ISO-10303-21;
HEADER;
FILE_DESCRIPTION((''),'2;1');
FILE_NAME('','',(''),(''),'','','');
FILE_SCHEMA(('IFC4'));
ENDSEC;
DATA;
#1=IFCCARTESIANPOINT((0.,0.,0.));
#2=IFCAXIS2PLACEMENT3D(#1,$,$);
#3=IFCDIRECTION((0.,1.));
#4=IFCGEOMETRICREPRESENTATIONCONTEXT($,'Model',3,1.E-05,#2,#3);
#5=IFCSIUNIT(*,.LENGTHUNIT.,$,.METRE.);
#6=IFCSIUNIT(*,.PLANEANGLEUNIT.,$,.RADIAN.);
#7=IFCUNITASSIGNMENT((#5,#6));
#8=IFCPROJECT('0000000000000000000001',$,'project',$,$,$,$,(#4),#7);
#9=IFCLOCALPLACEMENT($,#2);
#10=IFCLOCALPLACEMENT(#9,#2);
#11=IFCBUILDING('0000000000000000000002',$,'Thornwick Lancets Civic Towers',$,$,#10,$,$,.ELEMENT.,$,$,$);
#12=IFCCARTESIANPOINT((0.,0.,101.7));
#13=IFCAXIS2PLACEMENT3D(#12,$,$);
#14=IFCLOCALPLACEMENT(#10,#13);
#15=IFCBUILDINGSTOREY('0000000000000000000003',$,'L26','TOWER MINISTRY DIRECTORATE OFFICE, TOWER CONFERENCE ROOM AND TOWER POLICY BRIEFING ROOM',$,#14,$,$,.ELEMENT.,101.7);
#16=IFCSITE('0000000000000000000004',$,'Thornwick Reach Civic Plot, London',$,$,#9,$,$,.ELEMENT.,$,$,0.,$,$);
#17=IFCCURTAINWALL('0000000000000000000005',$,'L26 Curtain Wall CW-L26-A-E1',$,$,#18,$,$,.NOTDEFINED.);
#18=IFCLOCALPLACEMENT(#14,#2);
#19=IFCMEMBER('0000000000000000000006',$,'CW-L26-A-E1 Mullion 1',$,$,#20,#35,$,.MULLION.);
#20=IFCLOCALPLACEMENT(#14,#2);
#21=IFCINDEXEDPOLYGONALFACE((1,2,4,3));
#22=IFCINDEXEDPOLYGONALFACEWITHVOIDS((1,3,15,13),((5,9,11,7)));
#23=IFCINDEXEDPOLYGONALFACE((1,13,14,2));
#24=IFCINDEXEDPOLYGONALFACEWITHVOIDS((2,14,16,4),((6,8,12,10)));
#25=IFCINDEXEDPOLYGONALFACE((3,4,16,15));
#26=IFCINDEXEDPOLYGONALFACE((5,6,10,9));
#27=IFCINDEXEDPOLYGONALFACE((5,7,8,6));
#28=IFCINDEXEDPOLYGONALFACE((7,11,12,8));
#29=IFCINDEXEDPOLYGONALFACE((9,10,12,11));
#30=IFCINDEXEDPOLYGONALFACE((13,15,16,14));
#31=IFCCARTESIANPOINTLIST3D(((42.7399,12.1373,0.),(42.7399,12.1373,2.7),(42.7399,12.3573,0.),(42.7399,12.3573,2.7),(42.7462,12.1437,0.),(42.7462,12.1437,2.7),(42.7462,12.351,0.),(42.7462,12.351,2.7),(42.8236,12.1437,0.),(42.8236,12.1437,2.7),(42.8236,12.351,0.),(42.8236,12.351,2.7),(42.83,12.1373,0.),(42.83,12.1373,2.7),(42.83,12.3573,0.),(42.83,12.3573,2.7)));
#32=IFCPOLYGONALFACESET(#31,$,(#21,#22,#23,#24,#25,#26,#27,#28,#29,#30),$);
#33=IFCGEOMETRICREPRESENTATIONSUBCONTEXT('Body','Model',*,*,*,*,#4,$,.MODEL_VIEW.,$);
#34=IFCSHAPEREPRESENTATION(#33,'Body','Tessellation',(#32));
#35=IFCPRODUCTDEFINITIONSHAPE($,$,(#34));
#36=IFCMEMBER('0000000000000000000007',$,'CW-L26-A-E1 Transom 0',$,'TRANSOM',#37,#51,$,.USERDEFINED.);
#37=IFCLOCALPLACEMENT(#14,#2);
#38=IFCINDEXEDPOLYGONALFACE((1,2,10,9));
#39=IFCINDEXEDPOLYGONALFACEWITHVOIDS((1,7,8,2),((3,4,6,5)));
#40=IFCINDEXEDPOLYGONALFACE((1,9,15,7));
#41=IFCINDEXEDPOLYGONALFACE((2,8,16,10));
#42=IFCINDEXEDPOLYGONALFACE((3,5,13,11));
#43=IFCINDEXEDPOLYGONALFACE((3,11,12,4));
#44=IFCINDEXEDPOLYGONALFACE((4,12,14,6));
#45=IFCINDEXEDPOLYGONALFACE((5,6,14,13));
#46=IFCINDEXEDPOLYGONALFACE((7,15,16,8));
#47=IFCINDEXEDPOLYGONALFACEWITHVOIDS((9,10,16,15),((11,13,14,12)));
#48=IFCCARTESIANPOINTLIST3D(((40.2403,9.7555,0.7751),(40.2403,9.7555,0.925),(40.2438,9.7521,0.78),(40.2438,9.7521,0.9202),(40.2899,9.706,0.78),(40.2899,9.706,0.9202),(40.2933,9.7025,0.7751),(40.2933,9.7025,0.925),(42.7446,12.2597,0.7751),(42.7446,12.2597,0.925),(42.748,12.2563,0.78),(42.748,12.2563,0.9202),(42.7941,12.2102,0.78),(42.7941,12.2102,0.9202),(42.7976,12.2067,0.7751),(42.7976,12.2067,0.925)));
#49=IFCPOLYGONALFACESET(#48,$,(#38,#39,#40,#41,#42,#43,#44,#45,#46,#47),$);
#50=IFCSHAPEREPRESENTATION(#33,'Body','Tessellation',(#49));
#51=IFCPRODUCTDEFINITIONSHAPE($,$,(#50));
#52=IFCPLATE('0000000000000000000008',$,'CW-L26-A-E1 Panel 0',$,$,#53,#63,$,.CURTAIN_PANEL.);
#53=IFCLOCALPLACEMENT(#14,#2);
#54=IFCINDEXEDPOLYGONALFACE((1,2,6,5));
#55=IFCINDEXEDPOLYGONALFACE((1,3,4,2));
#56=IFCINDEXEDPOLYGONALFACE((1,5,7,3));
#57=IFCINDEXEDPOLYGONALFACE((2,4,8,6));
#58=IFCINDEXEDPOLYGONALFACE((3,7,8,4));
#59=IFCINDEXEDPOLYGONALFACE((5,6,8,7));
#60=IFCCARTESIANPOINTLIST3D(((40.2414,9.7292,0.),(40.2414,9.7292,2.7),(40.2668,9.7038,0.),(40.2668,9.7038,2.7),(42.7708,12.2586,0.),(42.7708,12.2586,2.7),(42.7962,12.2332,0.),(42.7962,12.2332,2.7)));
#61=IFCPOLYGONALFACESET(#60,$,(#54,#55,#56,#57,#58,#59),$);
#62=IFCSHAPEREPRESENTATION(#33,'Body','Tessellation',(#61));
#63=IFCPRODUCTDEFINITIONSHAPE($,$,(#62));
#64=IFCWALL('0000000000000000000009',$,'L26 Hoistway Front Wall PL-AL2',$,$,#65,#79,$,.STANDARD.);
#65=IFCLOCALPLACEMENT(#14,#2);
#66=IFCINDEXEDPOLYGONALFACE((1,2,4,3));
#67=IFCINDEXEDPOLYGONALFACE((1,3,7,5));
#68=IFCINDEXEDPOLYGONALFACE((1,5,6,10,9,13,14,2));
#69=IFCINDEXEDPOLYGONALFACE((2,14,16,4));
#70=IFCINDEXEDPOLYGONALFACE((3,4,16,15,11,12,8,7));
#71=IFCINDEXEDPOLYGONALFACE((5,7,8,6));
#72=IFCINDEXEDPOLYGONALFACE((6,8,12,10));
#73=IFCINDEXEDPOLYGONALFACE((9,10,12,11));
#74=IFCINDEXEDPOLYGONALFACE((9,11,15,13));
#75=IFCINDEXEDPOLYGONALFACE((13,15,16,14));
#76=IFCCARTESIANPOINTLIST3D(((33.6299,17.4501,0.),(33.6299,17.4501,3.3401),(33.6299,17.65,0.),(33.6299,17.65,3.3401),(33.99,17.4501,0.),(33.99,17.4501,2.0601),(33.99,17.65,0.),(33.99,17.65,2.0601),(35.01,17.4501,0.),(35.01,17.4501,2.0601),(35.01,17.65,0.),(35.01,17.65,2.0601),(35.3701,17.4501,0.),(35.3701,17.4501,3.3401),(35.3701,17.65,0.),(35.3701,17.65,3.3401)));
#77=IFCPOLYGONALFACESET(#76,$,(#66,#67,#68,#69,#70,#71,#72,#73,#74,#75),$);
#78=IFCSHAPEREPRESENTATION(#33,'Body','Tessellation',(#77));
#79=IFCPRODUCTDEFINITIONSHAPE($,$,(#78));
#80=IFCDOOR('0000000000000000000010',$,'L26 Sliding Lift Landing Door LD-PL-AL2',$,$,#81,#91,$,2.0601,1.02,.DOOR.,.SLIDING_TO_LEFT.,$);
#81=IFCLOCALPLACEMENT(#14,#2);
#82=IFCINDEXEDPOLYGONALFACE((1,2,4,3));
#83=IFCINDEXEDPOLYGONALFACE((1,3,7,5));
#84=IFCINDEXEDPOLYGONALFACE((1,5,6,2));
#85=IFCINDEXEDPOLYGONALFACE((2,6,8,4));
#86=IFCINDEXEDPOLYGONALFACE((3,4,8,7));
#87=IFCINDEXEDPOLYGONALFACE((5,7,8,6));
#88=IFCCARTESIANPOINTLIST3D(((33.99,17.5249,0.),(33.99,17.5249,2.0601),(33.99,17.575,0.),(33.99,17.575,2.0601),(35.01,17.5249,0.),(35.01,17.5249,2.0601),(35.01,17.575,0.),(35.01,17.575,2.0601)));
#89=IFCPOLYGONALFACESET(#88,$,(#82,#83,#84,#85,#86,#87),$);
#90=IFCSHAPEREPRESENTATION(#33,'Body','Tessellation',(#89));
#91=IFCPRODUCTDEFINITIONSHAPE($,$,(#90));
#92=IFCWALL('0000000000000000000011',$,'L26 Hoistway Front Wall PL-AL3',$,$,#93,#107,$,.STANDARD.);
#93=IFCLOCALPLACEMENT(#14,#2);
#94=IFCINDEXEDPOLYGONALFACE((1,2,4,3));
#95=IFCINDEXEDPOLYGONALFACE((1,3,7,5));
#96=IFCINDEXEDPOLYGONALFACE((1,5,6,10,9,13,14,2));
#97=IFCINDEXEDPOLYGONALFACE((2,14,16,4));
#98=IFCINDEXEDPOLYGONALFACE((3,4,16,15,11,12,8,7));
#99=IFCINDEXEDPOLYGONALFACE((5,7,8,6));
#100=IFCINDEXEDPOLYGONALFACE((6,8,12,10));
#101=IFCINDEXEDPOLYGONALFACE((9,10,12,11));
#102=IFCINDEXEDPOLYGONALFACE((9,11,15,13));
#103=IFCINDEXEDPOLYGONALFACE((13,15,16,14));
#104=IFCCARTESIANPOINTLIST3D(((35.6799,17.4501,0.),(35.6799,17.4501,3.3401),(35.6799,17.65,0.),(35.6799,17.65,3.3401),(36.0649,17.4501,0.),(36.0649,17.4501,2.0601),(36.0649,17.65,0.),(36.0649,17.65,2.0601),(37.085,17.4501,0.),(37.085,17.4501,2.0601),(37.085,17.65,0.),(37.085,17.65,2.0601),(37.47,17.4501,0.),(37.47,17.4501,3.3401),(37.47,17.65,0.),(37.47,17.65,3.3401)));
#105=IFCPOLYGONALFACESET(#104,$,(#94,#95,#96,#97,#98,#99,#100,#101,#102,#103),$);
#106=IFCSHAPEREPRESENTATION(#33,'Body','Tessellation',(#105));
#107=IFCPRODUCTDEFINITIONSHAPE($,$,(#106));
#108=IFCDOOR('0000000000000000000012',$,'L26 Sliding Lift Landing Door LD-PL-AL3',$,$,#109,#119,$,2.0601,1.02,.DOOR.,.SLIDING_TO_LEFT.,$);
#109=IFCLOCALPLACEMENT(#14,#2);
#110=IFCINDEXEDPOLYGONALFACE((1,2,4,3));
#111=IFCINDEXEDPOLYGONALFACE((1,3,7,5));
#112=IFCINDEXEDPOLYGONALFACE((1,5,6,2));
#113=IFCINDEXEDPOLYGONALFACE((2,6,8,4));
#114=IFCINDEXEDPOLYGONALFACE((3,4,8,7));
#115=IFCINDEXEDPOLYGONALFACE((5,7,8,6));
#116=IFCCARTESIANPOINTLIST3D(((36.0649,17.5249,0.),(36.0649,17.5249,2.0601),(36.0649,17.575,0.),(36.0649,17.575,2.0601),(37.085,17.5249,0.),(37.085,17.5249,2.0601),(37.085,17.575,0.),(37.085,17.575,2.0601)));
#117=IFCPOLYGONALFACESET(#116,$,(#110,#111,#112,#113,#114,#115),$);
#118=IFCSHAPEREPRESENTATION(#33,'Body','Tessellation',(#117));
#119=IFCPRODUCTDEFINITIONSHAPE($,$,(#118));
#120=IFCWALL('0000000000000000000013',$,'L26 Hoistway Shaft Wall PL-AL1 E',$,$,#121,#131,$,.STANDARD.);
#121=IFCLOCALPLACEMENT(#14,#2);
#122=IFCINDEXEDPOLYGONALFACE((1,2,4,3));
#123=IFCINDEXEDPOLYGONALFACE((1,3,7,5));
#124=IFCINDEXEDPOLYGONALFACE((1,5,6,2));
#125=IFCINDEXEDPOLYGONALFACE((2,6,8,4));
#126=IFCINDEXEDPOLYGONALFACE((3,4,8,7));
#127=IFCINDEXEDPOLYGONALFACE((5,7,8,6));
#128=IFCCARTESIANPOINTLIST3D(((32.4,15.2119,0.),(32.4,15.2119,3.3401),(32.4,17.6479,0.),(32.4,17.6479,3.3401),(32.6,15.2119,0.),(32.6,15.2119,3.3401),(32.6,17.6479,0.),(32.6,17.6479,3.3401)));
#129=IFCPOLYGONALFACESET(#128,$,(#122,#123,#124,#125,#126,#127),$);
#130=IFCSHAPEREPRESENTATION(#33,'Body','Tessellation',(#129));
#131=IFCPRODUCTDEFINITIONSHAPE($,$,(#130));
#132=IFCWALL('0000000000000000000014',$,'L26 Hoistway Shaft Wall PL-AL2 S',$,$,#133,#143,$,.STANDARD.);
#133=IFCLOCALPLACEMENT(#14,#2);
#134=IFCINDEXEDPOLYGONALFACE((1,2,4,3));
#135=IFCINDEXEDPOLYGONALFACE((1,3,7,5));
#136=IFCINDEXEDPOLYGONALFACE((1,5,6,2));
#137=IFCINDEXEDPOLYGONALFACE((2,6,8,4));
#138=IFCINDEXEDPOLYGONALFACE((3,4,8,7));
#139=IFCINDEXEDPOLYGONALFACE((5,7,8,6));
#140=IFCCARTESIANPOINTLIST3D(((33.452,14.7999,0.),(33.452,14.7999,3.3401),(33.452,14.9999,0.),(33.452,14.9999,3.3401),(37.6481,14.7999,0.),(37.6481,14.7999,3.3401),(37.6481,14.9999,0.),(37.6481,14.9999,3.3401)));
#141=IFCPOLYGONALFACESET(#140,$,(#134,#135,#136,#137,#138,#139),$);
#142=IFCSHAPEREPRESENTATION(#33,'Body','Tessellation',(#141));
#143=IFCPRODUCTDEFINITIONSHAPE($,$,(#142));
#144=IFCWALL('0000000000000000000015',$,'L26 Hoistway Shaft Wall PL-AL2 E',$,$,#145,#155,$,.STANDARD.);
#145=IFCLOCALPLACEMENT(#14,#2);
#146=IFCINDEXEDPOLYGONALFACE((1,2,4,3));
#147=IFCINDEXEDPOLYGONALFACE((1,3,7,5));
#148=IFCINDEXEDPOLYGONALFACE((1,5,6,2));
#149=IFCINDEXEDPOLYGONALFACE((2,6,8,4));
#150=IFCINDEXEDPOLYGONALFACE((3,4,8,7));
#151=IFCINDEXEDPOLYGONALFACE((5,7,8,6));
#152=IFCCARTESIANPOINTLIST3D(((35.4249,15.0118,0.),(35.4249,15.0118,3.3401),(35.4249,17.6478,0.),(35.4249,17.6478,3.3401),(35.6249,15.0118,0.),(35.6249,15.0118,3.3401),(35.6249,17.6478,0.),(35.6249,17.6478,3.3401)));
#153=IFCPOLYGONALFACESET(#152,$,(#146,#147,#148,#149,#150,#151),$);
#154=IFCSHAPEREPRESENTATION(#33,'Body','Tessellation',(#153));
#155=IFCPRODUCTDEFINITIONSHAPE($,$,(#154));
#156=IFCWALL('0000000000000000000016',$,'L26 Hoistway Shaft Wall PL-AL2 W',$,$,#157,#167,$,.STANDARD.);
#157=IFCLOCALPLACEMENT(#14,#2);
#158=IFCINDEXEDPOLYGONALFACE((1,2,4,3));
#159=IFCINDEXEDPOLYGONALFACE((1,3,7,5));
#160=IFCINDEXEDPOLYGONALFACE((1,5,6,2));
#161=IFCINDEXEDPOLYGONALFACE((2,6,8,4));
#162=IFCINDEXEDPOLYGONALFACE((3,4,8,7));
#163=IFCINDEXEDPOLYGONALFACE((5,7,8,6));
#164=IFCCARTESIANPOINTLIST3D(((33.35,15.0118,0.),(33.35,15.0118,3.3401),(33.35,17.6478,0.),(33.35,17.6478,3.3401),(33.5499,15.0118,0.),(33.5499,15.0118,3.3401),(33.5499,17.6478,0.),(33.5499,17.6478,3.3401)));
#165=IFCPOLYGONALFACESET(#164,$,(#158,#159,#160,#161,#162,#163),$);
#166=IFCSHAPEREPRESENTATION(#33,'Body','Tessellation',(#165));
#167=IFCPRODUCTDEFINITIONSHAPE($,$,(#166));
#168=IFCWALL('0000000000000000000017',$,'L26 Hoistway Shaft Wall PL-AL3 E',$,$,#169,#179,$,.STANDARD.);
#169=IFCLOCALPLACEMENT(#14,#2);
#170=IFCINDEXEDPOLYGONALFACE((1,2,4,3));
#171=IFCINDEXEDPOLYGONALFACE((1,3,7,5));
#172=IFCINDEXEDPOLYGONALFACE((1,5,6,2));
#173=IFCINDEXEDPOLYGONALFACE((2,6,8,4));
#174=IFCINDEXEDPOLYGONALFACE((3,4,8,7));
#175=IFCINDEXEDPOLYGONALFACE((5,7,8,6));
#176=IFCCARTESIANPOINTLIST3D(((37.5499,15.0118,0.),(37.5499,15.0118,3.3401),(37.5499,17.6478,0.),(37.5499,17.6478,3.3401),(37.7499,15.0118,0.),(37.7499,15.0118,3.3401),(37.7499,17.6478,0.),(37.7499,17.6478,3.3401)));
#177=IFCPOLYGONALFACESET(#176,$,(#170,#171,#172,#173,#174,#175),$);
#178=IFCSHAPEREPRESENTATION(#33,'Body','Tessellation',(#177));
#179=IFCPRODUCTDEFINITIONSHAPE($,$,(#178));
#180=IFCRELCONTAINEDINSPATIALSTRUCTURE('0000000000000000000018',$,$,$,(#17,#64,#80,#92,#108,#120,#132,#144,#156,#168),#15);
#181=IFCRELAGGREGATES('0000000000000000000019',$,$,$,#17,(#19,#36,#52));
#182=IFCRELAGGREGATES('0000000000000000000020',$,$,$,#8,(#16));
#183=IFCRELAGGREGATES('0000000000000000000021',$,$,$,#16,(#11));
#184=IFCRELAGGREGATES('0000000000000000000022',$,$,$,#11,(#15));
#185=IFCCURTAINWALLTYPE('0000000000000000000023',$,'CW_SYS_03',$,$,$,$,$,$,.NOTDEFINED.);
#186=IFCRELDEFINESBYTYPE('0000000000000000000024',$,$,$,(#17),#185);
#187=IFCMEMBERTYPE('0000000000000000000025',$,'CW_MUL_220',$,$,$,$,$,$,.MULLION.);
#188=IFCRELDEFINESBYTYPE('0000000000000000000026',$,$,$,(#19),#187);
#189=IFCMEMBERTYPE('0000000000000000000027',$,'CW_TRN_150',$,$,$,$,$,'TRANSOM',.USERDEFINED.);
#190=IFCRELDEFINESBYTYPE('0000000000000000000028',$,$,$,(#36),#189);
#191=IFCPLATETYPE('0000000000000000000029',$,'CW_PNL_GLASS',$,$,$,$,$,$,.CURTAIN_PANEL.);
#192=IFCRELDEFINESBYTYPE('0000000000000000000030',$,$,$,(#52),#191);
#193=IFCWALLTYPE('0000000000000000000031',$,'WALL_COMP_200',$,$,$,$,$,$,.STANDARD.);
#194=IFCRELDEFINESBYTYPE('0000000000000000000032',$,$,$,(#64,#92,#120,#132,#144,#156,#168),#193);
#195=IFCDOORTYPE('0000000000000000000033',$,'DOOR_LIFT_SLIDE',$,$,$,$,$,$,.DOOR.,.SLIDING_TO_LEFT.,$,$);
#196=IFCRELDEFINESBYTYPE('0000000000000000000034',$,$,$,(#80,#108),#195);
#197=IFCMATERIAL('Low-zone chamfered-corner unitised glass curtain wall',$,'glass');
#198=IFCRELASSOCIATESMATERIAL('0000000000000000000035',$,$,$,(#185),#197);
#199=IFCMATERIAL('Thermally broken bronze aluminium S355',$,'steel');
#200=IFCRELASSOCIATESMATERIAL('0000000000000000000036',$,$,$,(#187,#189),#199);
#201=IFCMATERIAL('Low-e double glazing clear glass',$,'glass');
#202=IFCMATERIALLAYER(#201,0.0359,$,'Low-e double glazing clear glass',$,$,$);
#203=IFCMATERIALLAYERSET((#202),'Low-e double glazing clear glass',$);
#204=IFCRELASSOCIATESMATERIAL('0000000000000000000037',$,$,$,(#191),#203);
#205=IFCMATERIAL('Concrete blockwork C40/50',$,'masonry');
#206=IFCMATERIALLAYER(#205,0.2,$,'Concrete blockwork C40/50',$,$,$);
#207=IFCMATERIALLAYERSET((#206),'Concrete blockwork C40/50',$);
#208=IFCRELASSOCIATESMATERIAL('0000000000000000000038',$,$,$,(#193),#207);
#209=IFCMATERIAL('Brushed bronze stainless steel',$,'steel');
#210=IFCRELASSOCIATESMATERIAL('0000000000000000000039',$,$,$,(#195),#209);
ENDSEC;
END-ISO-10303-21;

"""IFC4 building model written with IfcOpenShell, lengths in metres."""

from ifc_helpers import new_model, si_unit, direction, frame, frame_2d, origin, origin_2d, place, context, subcontext, project, spatial, rectangle, hollow_rectangle, extrude, material, layer, layer_set, material_profile, profile_set, type_object, element, fill, aggregate, save


model = new_model("IFC4")

# Units and contexts
model_context = context("Model", 3, precision=1e-05, world=origin(), true_north=direction((0.0, 1.0)))
body_context = subcontext(model_context, "Body", "Model", "MODEL_VIEW")
ifc_project = project(units=[si_unit("LENGTHUNIT", "METRE"), si_unit("PLANEANGLEUNIT", "RADIAN")], contexts=[model_context])

# Site, building, storey
site_placement = place(None, origin())
site = spatial("IfcSite", under=ifc_project, at=site_placement, Name="Thornwick Reach Civic Plot, London", CompositionType="ELEMENT", RefElevation=0.0)
building_placement = place(site_placement, origin())
building = spatial("IfcBuilding", under=site, at=building_placement, Name="Thornwick Lancets Civic Towers", CompositionType="ELEMENT")
storey_placement = place(building_placement, frame((0.0, 0.0, 101.7)))
storey = spatial("IfcBuildingStorey", under=building, at=storey_placement, Name="L26", Description="TOWER MINISTRY DIRECTORATE OFFICE, TOWER CONFERENCE ROOM AND TOWER POLICY BRIEFING ROOM", CompositionType="ELEMENT", Elevation=101.7)

# Curtain wall, members, plate
ifc_material_1 = material(Name="Low-zone chamfered-corner unitised glass curtain wall", Category="glass")
curtain_wall_type = type_object("IfcCurtainWallType", Name="CW_SYS_03", PredefinedType="NOTDEFINED", material=ifc_material_1)
curtain_wall_placement = place(storey_placement, origin())
curtain_wall = element("IfcCurtainWall", 1, at=curtain_wall_placement, inside=storey, type_object=curtain_wall_type, Name="L26 Curtain Wall CW-L26-A-E1", PredefinedType="NOTDEFINED")
ifc_material_2 = material(Name="Thermally broken bronze aluminium S355", Category="steel")
ifc_material_profile_1 = material_profile(ifc_material_2, hollow_rectangle(XDim=0.0901, YDim=0.22, WallThickness=0.0063, at=origin_2d()), Name="RHS 220x90x6.3")
ifc_profile_set_1 = profile_set([ifc_material_profile_1], Name="Thermally broken bronze aluminium S355")
member_type_1 = type_object("IfcMemberType", Name="CW_MUL_220", PredefinedType="MULLION", material=ifc_profile_set_1)
member_1_placement = place(storey_placement, frame((42.7849, 12.2473, 0.0), z_axis=(0.0, 0.0, 1.0), x_axis=(1.0, 0.0, 0.0)))
member_1 = element("IfcMember", 2, at=member_1_placement, type_object=member_type_1, Name="CW-L26-A-E1 Mullion 1", PredefinedType="MULLION", context=body_context, shape_type="SweptSolid", body=[
    extrude(hollow_rectangle(XDim=0.0901, YDim=0.22, WallThickness=0.0063, at=origin_2d()), origin(), (0.0, 0.0, 1.0), 2.7),
])
ifc_material_profile_2 = material_profile(ifc_material_2, hollow_rectangle(XDim=0.075, YDim=0.1499, WallThickness=0.0049, at=origin_2d()), Name="RHS 150x75x5")
ifc_profile_set_2 = profile_set([ifc_material_profile_2], Name="Thermally broken bronze aluminium S355")
member_type_2 = type_object("IfcMemberType", Name="CW_TRN_150", ElementType="TRANSOM", PredefinedType="USERDEFINED", material=ifc_profile_set_2)
member_2_placement = place(storey_placement, frame((40.2668, 9.729, 0.8501), z_axis=(0.707107, 0.707107, 0.0), x_axis=(-0.707107, 0.707107, 0.0)))
member_2 = element("IfcMember", 3, at=member_2_placement, type_object=member_type_2, Name="CW-L26-A-E1 Transom 0", ObjectType="TRANSOM", PredefinedType="USERDEFINED", context=body_context, shape_type="SweptSolid", body=[
    extrude(hollow_rectangle(XDim=0.075, YDim=0.1499, WallThickness=0.0049, at=origin_2d()), origin(), (0.0, 0.0, 1.0), 3.5415),
])
ifc_material_3 = material(Name="Low-e double glazing clear glass", Category="glass")
ifc_layer_1 = layer(ifc_material_3, 0.0359, Name="Low-e double glazing clear glass")
ifc_layer_set_1 = layer_set([ifc_layer_1], Name="Low-e double glazing clear glass")
plate_type = type_object("IfcPlateType", Name="CW_PNL_GLASS", PredefinedType="CURTAIN_PANEL", material=ifc_layer_set_1)
plate_placement = place(storey_placement, frame((41.5188, 10.9812, 0.0), z_axis=(0.0, 0.0, 1.0), x_axis=(0.707107, 0.707107, 0.0)))
plate = element("IfcPlate", 4, at=plate_placement, type_object=plate_type, Name="CW-L26-A-E1 Panel 0", PredefinedType="CURTAIN_PANEL", context=body_context, shape_type="SweptSolid", body=[
    extrude(rectangle(XDim=3.5771, YDim=0.0359, at=origin_2d()), origin(), (0.0, 0.0, 1.0), 2.7),
])
aggregate(curtain_wall, [member_1, member_2, plate])

# Walls, openings, doors
ifc_material_4 = material(Name="Concrete blockwork C40/50", Category="masonry")
ifc_layer_2 = layer(ifc_material_4, 0.2, Name="Concrete blockwork C40/50")
ifc_layer_set_2 = layer_set([ifc_layer_2], Name="Concrete blockwork C40/50")
wall_type_1 = type_object("IfcWallType", Name="WALL_COMP_200", PredefinedType="STANDARD", material=ifc_layer_set_2)
wall_1_placement = place(storey_placement, frame((33.6299, 17.55, 0.0), z_axis=(0.0, 0.0, 1.0), x_axis=(1.0, 0.0, 0.0)))
wall_1 = element("IfcWall", 5, at=wall_1_placement, inside=storey, type_object=wall_type_1, Name="L26 Hoistway Front Wall PL-AL2", PredefinedType="STANDARD", context=body_context, shape_type="SweptSolid", body=[
    extrude(rectangle(XDim=1.7402, YDim=0.2, at=frame_2d((0.8701, 0.0))), origin(), (0.0, 0.0, 1.0), 3.3401),
])
opening_1_placement = place(wall_1_placement, frame((0.3601, 0.0, 0.0)))
opening_1 = element("IfcOpeningElement", 6, at=opening_1_placement, cuts=wall_1, PredefinedType="OPENING", context=body_context, shape_type="SweptSolid", body=[
    extrude(rectangle(XDim=1.02, YDim=2.0601, at=frame_2d((0.51, 1.03))), frame((0.0, 0.1099, 0.0), z_axis=(0.0, -1.0, 0.0), x_axis=(1.0, 0.0, 0.0)), (0.0, 0.0, 1.0), 0.22),
])
ifc_material_5 = material(Name="Brushed bronze stainless steel", Category="steel")
door_type_1 = type_object("IfcDoorType", Name="DOOR_LIFT_SLIDE", OperationType="SLIDING_TO_LEFT", PredefinedType="DOOR", material=ifc_material_5)
door_1_placement = place(opening_1_placement, origin())
door_1 = element("IfcDoor", 7, at=door_1_placement, inside=storey, type_object=door_type_1, Name="L26 Sliding Lift Landing Door LD-PL-AL2", OperationType="SLIDING_TO_LEFT", OverallHeight=2.0601, OverallWidth=1.02, PredefinedType="DOOR", context=body_context, shape_type="SweptSolid", body=[
    extrude(rectangle(XDim=1.02, YDim=2.0601, at=frame_2d((0.51, 1.03))), frame((0.0, 0.0249, 0.0), z_axis=(0.0, -1.0, 0.0), x_axis=(1.0, 0.0, 0.0)), (0.0, 0.0, 1.0), 0.05),
])
fill(opening_1, door_1)
wall_2_placement = place(storey_placement, frame((35.6799, 17.55, 0.0), z_axis=(0.0, 0.0, 1.0), x_axis=(1.0, 0.0, 0.0)))
wall_2 = element("IfcWall", 8, at=wall_2_placement, inside=storey, type_object=wall_type_1, Name="L26 Hoistway Front Wall PL-AL3", PredefinedType="STANDARD", context=body_context, shape_type="SweptSolid", body=[
    extrude(rectangle(XDim=1.79, YDim=0.2, at=frame_2d((0.895, 0.0))), origin(), (0.0, 0.0, 1.0), 3.3401),
])
opening_2_placement = place(wall_2_placement, frame((0.385, 0.0, 0.0)))
opening_2 = element("IfcOpeningElement", 9, at=opening_2_placement, cuts=wall_2, PredefinedType="OPENING", context=body_context, shape_type="SweptSolid", body=[
    extrude(rectangle(XDim=1.02, YDim=2.0601, at=frame_2d((0.51, 1.03))), frame((0.0, 0.1099, 0.0), z_axis=(0.0, -1.0, 0.0), x_axis=(1.0, 0.0, 0.0)), (0.0, 0.0, 1.0), 0.22),
])
door_2_placement = place(opening_2_placement, origin())
door_2 = element("IfcDoor", 10, at=door_2_placement, inside=storey, type_object=door_type_1, Name="L26 Sliding Lift Landing Door LD-PL-AL3", OperationType="SLIDING_TO_LEFT", OverallHeight=2.0601, OverallWidth=1.02, PredefinedType="DOOR", context=body_context, shape_type="SweptSolid", body=[
    extrude(rectangle(XDim=1.02, YDim=2.0601, at=frame_2d((0.51, 1.03))), frame((0.0, 0.0249, 0.0), z_axis=(0.0, -1.0, 0.0), x_axis=(1.0, 0.0, 0.0)), (0.0, 0.0, 1.0), 0.05),
])
fill(opening_2, door_2)

# Walls
wall_3_placement = place(storey_placement, frame((32.5, 15.2119, 0.0), z_axis=(0.0, 0.0, 1.0), x_axis=(0.0, 1.0, 0.0)))
element("IfcWall", 11, at=wall_3_placement, inside=storey, type_object=wall_type_1, Name="L26 Hoistway Shaft Wall PL-AL1 E", PredefinedType="STANDARD", context=body_context, shape_type="SweptSolid", body=[
    extrude(rectangle(XDim=2.436, YDim=0.2, at=frame_2d((1.218, 0.0))), origin(), (0.0, 0.0, 1.0), 3.3401),
])
wall_4_placement = place(storey_placement, frame((33.4519, 14.8999, 0.0), z_axis=(0.0, 0.0, 1.0), x_axis=(1.0, 0.0, 0.0)))
element("IfcWall", 12, at=wall_4_placement, inside=storey, type_object=wall_type_1, Name="L26 Hoistway Shaft Wall PL-AL2 S", PredefinedType="STANDARD", context=body_context, shape_type="SweptSolid", body=[
    extrude(rectangle(XDim=4.196, YDim=0.2, at=frame_2d((2.0981, 0.0))), origin(), (0.0, 0.0, 1.0), 3.3401),
])
for number, where, z_axis, x_axis, name in (
    (13, (35.5249, 15.012, 0.0), (0.0, 0.0, 1.0), (0.0, 1.0, 0.0), "L26 Hoistway Shaft Wall PL-AL2 E"),
    (14, (33.45, 15.012, 0.0), (0.0, 0.0, 1.0), (0.0, 1.0, 0.0), "L26 Hoistway Shaft Wall PL-AL2 W"),
    (15, (37.6499, 15.012, 0.0), (0.0, 0.0, 1.0), (0.0, 1.0, 0.0), "L26 Hoistway Shaft Wall PL-AL3 E"),
):
    element("IfcWall", number, at=place(storey_placement, frame(where, z_axis=z_axis, x_axis=x_axis)), inside=storey, type_object=wall_type_1, Name=name, PredefinedType="STANDARD", context=body_context, shape_type="SweptSolid", body=[
        extrude(rectangle(XDim=2.636, YDim=0.2, at=frame_2d((1.3179, 0.0))), origin(), (0.0, 0.0, 1.0), 3.3401),
    ])

save(model, "model.ifc")
